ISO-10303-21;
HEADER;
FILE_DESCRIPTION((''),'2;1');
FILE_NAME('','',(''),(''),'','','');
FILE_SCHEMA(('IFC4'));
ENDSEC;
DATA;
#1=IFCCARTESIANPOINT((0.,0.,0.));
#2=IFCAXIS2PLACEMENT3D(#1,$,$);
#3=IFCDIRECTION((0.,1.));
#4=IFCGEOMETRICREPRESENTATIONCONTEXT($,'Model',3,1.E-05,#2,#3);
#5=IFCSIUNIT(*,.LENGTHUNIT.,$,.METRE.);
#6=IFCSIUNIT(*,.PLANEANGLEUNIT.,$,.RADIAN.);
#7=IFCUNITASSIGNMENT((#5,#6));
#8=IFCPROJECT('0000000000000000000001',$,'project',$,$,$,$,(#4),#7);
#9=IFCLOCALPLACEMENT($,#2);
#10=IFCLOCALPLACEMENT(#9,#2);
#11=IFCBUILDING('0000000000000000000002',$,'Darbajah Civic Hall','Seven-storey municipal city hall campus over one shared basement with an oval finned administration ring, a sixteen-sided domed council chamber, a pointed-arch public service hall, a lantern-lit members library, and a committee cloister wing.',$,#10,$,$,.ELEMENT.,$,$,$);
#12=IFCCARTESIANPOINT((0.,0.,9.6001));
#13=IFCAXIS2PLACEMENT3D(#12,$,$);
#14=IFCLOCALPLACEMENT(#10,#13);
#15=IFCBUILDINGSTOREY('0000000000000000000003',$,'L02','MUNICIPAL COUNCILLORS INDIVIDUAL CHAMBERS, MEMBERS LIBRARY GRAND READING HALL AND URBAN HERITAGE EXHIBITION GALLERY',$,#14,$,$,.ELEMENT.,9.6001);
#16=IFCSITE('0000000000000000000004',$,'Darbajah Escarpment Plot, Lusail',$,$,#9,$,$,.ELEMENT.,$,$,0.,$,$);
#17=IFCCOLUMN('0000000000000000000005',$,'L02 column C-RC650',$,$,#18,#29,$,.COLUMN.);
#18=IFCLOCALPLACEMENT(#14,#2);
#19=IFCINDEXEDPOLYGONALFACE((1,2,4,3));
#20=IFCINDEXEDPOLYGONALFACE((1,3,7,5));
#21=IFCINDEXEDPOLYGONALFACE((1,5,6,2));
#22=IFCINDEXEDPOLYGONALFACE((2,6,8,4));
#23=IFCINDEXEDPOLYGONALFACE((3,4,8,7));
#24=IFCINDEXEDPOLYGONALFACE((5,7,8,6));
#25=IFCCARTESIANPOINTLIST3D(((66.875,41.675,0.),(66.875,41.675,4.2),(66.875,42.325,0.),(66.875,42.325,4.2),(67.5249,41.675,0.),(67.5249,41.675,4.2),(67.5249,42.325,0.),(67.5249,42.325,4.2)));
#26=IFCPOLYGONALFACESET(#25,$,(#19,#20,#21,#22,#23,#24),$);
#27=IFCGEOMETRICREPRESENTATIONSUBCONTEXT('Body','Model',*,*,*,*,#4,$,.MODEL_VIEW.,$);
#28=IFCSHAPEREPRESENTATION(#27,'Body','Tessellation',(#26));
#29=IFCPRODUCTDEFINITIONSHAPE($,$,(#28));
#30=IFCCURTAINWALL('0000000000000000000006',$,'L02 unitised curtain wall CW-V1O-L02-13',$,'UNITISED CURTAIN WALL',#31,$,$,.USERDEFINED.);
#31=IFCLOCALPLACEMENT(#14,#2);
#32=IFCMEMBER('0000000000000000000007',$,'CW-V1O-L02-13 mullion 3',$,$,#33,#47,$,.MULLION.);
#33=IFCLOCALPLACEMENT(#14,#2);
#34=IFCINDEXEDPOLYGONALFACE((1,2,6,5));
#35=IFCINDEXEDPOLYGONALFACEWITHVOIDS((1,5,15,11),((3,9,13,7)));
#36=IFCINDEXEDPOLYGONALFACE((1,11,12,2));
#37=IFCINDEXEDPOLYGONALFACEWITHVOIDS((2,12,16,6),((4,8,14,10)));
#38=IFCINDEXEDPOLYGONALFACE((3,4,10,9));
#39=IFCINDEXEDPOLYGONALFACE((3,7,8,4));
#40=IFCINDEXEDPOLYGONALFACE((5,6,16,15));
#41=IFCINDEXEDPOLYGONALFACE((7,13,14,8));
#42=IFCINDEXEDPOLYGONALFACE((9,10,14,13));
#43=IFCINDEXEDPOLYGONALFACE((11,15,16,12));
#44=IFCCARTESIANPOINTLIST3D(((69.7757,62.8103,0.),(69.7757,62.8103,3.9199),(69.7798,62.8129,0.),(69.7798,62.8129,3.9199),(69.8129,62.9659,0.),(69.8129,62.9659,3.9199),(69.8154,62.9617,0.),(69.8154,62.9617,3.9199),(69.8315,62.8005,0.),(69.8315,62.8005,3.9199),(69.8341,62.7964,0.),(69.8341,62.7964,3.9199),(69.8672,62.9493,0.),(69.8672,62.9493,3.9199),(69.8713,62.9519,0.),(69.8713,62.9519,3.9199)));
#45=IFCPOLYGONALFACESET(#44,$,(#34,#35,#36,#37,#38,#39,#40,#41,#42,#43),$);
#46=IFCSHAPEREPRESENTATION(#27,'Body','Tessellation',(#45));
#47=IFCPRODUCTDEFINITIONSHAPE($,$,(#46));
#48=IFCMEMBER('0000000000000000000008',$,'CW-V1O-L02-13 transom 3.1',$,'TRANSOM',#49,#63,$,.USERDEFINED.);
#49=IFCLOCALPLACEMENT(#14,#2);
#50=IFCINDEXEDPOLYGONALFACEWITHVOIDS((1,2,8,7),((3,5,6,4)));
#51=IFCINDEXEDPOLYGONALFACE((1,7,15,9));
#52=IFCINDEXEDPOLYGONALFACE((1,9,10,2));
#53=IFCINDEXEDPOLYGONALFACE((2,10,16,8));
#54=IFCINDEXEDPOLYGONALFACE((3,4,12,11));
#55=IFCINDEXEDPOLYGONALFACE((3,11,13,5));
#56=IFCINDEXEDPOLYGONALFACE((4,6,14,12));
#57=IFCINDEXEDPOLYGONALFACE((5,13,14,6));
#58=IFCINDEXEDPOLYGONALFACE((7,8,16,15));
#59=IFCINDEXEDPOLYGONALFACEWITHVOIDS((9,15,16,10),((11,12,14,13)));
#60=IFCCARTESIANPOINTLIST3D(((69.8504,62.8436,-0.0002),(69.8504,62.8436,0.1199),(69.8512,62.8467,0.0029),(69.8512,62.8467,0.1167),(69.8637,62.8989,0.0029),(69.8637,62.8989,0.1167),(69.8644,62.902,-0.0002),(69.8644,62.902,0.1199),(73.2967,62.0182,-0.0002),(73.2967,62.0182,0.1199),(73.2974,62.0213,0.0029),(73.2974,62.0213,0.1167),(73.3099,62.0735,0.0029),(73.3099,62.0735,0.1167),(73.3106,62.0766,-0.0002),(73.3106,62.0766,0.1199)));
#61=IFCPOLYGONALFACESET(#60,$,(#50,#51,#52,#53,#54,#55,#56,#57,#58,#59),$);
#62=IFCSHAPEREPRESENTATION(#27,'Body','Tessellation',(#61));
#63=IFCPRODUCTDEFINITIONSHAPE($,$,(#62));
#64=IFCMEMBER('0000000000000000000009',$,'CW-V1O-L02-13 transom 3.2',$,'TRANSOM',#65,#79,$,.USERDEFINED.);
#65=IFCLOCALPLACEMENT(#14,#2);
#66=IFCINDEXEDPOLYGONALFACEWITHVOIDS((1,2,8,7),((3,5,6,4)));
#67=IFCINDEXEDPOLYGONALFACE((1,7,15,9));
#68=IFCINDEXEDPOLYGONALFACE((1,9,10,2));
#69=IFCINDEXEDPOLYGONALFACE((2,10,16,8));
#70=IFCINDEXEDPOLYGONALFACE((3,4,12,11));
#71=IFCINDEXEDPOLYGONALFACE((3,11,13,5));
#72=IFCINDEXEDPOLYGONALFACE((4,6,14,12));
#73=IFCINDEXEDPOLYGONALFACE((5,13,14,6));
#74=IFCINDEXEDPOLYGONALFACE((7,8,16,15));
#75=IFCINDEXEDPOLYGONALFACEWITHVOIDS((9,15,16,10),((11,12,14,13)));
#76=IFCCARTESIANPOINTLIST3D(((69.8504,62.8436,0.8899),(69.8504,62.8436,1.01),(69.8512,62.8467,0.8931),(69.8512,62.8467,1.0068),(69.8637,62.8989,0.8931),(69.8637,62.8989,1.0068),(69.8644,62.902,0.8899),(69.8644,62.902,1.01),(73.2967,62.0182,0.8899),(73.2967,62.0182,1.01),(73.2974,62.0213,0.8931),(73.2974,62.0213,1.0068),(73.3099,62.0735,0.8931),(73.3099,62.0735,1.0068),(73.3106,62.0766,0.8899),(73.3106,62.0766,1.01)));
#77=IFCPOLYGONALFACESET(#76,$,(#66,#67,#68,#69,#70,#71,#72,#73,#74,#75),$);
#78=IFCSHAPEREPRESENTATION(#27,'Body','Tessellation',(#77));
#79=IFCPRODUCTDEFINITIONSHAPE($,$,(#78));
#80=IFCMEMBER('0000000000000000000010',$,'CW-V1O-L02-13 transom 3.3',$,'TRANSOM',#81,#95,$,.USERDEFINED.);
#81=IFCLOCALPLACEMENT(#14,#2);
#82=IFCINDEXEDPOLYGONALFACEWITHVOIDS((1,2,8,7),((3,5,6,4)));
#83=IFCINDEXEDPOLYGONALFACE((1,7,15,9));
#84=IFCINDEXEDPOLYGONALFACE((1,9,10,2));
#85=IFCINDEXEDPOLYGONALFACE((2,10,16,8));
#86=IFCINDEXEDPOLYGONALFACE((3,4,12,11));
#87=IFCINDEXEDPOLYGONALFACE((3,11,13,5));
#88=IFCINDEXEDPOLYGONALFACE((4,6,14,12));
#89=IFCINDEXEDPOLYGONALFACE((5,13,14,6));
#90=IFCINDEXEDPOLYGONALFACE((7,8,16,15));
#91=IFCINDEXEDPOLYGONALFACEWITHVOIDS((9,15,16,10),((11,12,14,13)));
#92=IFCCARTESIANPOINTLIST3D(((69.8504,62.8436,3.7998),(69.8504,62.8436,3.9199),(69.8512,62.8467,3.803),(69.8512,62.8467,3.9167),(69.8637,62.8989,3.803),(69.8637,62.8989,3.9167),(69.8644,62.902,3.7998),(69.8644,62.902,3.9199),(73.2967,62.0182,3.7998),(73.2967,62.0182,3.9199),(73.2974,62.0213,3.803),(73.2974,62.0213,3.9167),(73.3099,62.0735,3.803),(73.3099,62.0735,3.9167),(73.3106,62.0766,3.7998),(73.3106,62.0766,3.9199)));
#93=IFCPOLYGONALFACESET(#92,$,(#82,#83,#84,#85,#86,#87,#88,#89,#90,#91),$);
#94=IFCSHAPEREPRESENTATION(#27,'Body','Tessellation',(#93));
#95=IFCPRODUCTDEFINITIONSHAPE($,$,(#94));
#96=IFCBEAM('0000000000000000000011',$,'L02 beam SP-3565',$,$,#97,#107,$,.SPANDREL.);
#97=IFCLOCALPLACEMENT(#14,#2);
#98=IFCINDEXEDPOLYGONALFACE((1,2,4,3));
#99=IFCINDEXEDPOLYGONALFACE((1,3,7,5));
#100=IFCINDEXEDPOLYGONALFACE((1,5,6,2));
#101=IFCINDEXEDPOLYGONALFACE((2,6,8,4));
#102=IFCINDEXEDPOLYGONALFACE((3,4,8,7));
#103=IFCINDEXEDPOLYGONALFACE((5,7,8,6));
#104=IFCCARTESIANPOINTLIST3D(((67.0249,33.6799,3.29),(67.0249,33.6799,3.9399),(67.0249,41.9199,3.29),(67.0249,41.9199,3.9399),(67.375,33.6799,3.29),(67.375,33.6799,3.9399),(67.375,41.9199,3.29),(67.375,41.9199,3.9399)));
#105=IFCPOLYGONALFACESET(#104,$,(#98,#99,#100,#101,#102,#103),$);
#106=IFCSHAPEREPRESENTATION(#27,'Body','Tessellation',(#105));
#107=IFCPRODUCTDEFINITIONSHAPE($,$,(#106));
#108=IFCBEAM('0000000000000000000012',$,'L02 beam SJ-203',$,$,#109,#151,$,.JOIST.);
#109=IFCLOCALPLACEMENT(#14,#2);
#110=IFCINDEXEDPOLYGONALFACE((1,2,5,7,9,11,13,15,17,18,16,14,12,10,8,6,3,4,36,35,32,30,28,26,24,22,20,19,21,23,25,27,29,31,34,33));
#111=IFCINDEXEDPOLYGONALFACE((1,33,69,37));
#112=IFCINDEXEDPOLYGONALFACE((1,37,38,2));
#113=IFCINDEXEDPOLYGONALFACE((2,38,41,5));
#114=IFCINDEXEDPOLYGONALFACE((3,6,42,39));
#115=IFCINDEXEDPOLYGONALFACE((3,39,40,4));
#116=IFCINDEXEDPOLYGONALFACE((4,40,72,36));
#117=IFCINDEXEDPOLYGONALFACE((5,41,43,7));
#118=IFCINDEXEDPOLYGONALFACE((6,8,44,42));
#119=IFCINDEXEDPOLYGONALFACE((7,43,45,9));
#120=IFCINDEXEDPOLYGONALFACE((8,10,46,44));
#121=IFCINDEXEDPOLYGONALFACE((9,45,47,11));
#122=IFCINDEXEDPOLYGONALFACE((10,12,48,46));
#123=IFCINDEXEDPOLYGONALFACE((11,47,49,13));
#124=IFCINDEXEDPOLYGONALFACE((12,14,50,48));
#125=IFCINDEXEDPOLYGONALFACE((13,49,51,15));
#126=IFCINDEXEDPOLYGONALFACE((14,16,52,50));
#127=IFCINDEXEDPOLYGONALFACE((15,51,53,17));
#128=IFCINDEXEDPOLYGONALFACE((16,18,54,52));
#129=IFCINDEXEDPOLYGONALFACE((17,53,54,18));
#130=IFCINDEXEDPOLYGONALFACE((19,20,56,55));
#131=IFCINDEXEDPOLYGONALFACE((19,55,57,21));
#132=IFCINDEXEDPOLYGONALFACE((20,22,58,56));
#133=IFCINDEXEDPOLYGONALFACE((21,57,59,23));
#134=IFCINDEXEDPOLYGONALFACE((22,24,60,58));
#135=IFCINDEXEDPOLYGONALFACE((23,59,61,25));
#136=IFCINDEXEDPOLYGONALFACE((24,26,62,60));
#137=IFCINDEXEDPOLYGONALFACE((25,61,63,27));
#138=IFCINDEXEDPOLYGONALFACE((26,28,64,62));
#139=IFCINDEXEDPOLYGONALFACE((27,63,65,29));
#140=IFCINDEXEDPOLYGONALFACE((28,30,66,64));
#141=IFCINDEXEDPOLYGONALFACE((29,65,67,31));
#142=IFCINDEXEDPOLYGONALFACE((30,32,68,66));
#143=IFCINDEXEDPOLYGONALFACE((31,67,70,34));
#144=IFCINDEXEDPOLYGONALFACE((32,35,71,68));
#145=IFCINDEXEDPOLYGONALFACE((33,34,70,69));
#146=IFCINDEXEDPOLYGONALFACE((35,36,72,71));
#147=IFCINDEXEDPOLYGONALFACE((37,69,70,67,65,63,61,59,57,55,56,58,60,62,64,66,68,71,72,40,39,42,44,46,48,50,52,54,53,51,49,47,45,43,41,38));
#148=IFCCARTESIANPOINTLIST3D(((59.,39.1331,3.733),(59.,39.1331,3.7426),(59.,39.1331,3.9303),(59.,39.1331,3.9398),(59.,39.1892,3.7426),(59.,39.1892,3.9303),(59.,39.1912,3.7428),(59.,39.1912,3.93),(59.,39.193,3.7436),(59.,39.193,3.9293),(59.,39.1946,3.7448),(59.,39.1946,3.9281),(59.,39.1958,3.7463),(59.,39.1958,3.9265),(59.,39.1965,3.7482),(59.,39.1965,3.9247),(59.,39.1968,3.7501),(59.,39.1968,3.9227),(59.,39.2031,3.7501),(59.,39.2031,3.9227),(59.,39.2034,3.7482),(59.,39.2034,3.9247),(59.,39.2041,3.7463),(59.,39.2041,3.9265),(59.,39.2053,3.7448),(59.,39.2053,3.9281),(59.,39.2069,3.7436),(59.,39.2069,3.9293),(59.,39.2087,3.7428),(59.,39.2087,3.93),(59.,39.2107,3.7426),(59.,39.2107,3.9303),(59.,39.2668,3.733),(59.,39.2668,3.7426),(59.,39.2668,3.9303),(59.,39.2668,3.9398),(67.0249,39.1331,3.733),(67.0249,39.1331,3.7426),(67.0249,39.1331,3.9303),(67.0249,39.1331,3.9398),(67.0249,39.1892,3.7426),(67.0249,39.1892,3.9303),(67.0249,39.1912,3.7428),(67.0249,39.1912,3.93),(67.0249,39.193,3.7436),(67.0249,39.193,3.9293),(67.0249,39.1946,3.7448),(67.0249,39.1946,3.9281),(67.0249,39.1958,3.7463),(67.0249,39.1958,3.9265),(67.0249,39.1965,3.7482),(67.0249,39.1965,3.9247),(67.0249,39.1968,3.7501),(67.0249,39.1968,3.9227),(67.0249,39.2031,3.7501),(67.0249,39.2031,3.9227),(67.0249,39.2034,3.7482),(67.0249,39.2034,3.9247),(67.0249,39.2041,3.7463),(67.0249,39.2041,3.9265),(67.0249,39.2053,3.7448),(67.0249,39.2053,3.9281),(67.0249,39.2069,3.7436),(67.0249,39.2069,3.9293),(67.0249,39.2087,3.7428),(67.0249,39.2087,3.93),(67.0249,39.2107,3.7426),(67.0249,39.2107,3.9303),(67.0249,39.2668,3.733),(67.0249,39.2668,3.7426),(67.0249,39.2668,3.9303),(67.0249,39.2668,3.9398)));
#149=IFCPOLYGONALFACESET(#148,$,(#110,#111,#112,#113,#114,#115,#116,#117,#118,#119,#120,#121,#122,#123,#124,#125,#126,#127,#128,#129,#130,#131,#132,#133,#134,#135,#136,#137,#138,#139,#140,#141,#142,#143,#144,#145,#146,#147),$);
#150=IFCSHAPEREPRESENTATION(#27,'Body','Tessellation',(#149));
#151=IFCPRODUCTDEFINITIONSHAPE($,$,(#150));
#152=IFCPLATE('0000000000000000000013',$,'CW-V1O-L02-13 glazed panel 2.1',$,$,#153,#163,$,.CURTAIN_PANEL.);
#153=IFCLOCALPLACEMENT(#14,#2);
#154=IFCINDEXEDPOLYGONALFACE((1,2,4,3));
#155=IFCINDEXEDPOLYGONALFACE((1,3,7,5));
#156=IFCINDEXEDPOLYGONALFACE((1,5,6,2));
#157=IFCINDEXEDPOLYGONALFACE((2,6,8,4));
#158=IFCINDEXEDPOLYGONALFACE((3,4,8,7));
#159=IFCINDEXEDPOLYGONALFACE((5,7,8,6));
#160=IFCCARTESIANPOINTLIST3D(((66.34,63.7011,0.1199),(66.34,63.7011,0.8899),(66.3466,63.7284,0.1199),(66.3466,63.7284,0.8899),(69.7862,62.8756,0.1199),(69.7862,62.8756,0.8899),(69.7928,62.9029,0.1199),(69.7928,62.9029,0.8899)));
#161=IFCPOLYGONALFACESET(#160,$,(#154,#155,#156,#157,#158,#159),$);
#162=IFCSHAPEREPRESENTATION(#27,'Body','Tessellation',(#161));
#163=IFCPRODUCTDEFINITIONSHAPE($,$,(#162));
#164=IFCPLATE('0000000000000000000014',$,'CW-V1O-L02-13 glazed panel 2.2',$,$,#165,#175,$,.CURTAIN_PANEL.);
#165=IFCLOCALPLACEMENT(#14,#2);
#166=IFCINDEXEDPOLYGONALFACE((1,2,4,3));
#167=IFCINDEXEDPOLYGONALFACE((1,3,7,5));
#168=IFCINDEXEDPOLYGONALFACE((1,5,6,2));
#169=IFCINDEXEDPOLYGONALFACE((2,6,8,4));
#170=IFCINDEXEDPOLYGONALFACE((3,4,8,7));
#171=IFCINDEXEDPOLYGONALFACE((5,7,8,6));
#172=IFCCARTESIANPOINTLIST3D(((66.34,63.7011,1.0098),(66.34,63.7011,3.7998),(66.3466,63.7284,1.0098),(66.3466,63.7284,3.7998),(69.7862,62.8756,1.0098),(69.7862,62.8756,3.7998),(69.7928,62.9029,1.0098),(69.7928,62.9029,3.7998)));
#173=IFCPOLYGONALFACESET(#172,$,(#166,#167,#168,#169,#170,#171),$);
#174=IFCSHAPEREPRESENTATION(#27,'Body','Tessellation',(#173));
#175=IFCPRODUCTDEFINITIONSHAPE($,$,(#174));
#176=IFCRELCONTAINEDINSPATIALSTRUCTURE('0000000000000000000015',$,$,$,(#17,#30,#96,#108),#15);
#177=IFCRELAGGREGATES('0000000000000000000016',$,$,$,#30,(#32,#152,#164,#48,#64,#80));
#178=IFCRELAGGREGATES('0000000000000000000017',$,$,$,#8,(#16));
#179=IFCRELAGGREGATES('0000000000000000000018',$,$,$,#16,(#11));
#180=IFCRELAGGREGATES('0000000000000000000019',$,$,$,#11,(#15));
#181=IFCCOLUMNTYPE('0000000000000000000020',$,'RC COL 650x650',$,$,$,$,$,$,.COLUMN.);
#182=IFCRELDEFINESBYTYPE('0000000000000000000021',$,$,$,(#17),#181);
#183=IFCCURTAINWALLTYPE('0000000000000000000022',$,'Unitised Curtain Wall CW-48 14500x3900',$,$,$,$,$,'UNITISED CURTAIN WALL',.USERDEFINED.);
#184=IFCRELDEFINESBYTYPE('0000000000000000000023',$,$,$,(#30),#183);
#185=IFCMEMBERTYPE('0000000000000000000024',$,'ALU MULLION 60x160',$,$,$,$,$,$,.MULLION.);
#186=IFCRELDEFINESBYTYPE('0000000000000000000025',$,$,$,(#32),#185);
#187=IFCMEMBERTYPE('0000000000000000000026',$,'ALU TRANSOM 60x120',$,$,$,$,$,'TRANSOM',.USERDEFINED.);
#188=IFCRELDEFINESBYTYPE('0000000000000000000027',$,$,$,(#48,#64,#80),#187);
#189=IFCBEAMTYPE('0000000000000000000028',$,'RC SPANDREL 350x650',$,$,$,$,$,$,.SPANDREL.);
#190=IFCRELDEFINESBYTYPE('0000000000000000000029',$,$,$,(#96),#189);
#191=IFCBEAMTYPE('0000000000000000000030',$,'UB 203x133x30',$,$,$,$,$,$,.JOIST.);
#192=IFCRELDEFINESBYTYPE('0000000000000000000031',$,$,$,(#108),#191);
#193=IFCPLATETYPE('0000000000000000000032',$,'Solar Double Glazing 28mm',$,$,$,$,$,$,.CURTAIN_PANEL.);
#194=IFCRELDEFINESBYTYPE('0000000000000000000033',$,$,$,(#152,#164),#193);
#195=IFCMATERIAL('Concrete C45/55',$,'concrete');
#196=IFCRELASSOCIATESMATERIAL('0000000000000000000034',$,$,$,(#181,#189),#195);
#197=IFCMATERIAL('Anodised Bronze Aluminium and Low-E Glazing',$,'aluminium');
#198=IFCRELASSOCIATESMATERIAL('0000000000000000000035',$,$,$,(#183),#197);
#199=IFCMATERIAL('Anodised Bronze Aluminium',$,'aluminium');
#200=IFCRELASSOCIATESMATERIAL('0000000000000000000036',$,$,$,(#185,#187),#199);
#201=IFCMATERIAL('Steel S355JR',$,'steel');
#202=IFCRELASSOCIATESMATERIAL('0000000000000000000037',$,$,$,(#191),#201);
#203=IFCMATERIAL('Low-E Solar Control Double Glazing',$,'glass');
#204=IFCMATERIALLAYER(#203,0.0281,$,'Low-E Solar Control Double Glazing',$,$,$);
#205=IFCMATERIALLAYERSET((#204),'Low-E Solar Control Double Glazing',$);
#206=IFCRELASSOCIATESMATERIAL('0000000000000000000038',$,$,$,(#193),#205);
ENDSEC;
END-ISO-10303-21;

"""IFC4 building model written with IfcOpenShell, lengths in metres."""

from ifc_helpers import new_model, si_unit, direction, frame, origin, origin_2d, place, context, subcontext, project, spatial, rectangle, hollow_rectangle, i_section, extrude, material, layer, layer_set, material_profile, profile_set, type_object, element, aggregate, save


model = new_model("IFC4")

# Units and contexts
model_context = context("Model", 3, precision=1e-05, world=origin(), true_north=direction((0.0, 1.0)))
body_context = subcontext(model_context, "Body", "Model", "MODEL_VIEW")
ifc_project = project(units=[si_unit("LENGTHUNIT", "METRE"), si_unit("PLANEANGLEUNIT", "RADIAN")], contexts=[model_context])

# Site, building, storey
site_placement = place(None, origin())
site = spatial("IfcSite", under=ifc_project, at=site_placement, Name="Darbajah Escarpment Plot, Lusail", CompositionType="ELEMENT", RefElevation=0.0)
building_placement = place(site_placement, origin())
building = spatial("IfcBuilding", under=site, at=building_placement, Name="Darbajah Civic Hall", Description="Seven-storey municipal city hall campus over one shared basement with an oval finned administration ring, a sixteen-sided domed council chamber, a pointed-arch public service hall, a lantern-lit members library, and a committee cloister wing.", CompositionType="ELEMENT")
storey_placement = place(building_placement, frame((0.0, 0.0, 9.6001)))
storey = spatial("IfcBuildingStorey", under=building, at=storey_placement, Name="L02", Description="MUNICIPAL COUNCILLORS INDIVIDUAL CHAMBERS, MEMBERS LIBRARY GRAND READING HALL AND URBAN HERITAGE EXHIBITION GALLERY", CompositionType="ELEMENT", Elevation=9.6001)

# Column
ifc_material_1 = material(Name="Concrete C45/55", Category="concrete")
ifc_material_profile_1 = material_profile(ifc_material_1, rectangle(XDim=0.6499, YDim=0.6499, at=origin_2d()), Name="RC COL 650x650")
ifc_profile_set_1 = profile_set([ifc_material_profile_1], Name="Concrete C45/55")
column_type = type_object("IfcColumnType", Name="RC COL 650x650", PredefinedType="COLUMN", material=ifc_profile_set_1)
column_placement = place(storey_placement, frame((67.2, 42.0, 0.0), z_axis=(0.0, 0.0, 1.0), x_axis=(1.0, 0.0, 0.0)))
element("IfcColumn", 1, at=column_placement, inside=storey, type_object=column_type, Name="L02 column C-RC650", PredefinedType="COLUMN", context=body_context, shape_type="SweptSolid", body=[
    extrude(rectangle(XDim=0.6499, YDim=0.6499, at=origin_2d()), origin(), (0.0, 0.0, 1.0), 4.2),
])

# Curtain wall, members
ifc_material_2 = material(Name="Anodised Bronze Aluminium and Low-E Glazing", Category="aluminium")
curtain_wall_type = type_object("IfcCurtainWallType", Name="Unitised Curtain Wall CW-48 14500x3900", ElementType="UNITISED CURTAIN WALL", PredefinedType="USERDEFINED", material=ifc_material_2)
curtain_wall_placement = place(storey_placement, origin())
curtain_wall = element("IfcCurtainWall", 2, at=curtain_wall_placement, inside=storey, type_object=curtain_wall_type, Name="L02 unitised curtain wall CW-V1O-L02-13", ObjectType="UNITISED CURTAIN WALL", PredefinedType="USERDEFINED")
ifc_material_3 = material(Name="Anodised Bronze Aluminium", Category="aluminium")
ifc_material_profile_2 = material_profile(ifc_material_3, hollow_rectangle(XDim=0.0601, YDim=0.1599, WallThickness=0.0034, at=origin_2d()), Name="ALU MULLION 60x160")
ifc_profile_set_2 = profile_set([ifc_material_profile_2], Name="Anodised Bronze Aluminium")
member_type_1 = type_object("IfcMemberType", Name="ALU MULLION 60x160", PredefinedType="MULLION", material=ifc_profile_set_2)
member_1_placement = place(storey_placement, frame((69.8235, 62.8811, 0.0), z_axis=(0.0, 0.0, 1.0), x_axis=(0.972492, -0.232936, 0.0)))
member_1 = element("IfcMember", 3, at=member_1_placement, type_object=member_type_1, Name="CW-V1O-L02-13 mullion 3", PredefinedType="MULLION", context=body_context, shape_type="SweptSolid", body=[
    extrude(hollow_rectangle(XDim=0.0601, YDim=0.1599, WallThickness=0.0034, at=origin_2d()), origin(), (0.0, 0.0, 1.0), 3.9199),
])
ifc_material_profile_3 = material_profile(ifc_material_3, hollow_rectangle(XDim=0.0601, YDim=0.1201, WallThickness=0.0032, at=origin_2d()), Name="ALU TRANSOM 60x120")
ifc_profile_set_3 = profile_set([ifc_material_profile_3], Name="Anodised Bronze Aluminium")
member_type_2 = type_object("IfcMemberType", Name="ALU TRANSOM 60x120", ElementType="TRANSOM", PredefinedType="USERDEFINED", material=ifc_profile_set_3)
member_2_placement = place(storey_placement, frame((69.8574, 62.8728, 0.0598), z_axis=(0.972494, -0.232927, 0.0), x_axis=(0.232927, 0.972494, 0.0)))
member_2 = element("IfcMember", 4, at=member_2_placement, type_object=member_type_2, Name="CW-V1O-L02-13 transom 3.1", ObjectType="TRANSOM", PredefinedType="USERDEFINED", context=body_context, shape_type="SweptSolid", body=[
    extrude(hollow_rectangle(XDim=0.0601, YDim=0.1201, WallThickness=0.0032, at=origin_2d()), origin(), (0.0, 0.0, 1.0), 3.5437),
])
member_3_placement = place(storey_placement, frame((69.8574, 62.8728, 0.95), z_axis=(0.972494, -0.232927, 0.0), x_axis=(0.232927, 0.972494, 0.0)))
member_3 = element("IfcMember", 5, at=member_3_placement, type_object=member_type_2, Name="CW-V1O-L02-13 transom 3.2", ObjectType="TRANSOM", PredefinedType="USERDEFINED", context=body_context, shape_type="SweptSolid", body=[
    extrude(hollow_rectangle(XDim=0.0601, YDim=0.1201, WallThickness=0.0032, at=origin_2d()), origin(), (0.0, 0.0, 1.0), 3.5437),
])
member_4_placement = place(storey_placement, frame((69.8574, 62.8728, 3.8599), z_axis=(0.972494, -0.232927, 0.0), x_axis=(0.232927, 0.972494, 0.0)))
member_4 = element("IfcMember", 6, at=member_4_placement, type_object=member_type_2, Name="CW-V1O-L02-13 transom 3.3", ObjectType="TRANSOM", PredefinedType="USERDEFINED", context=body_context, shape_type="SweptSolid", body=[
    extrude(hollow_rectangle(XDim=0.0601, YDim=0.1201, WallThickness=0.0032, at=origin_2d()), origin(), (0.0, 0.0, 1.0), 3.5437),
])

# Beams
ifc_material_profile_4 = material_profile(ifc_material_1, rectangle(XDim=0.3501, YDim=0.6499, at=origin_2d()), Name="RC SPANDREL 350x650")
ifc_profile_set_4 = profile_set([ifc_material_profile_4], Name="Concrete C45/55")
beam_type_1 = type_object("IfcBeamType", Name="RC SPANDREL 350x650", PredefinedType="SPANDREL", material=ifc_profile_set_4)
beam_1_placement = place(storey_placement, frame((67.2, 33.6799, 3.615), z_axis=(0.0, 1.0, 0.0), x_axis=(-1.0, 0.0, 0.0)))
element("IfcBeam", 7, at=beam_1_placement, inside=storey, type_object=beam_type_1, Name="L02 beam SP-3565", PredefinedType="SPANDREL", context=body_context, shape_type="SweptSolid", body=[
    extrude(rectangle(XDim=0.3501, YDim=0.6499, at=origin_2d()), origin(), (0.0, 0.0, 1.0), 8.24),
])
ifc_material_4 = material(Name="Steel S355JR", Category="steel")
ifc_material_profile_5 = material_profile(ifc_material_4, i_section(OverallWidth=0.1338, OverallDepth=0.2068, WebThickness=0.0063, FlangeThickness=0.0095, FilletRadius=0.0076, at=origin_2d()), Name="UB 203x133x30")
ifc_profile_set_5 = profile_set([ifc_material_profile_5], Name="Steel S355JR")
beam_type_2 = type_object("IfcBeamType", Name="UB 203x133x30", PredefinedType="JOIST", material=ifc_profile_set_5)
beam_2_placement = place(storey_placement, frame((59.0, 39.2, 3.8364), z_axis=(1.0, 0.0, 0.0), x_axis=(0.0, 1.0, 0.0)))
element("IfcBeam", 8, at=beam_2_placement, inside=storey, type_object=beam_type_2, Name="L02 beam SJ-203", PredefinedType="JOIST", context=body_context, shape_type="SweptSolid", body=[
    extrude(i_section(OverallWidth=0.1338, OverallDepth=0.2068, WebThickness=0.0063, FlangeThickness=0.0095, FilletRadius=0.0076, at=origin_2d()), origin(), (0.0, 0.0, 1.0), 8.0249),
])

# Plates
ifc_material_5 = material(Name="Low-E Solar Control Double Glazing", Category="glass")
ifc_layer_1 = layer(ifc_material_5, 0.0281, Name="Low-E Solar Control Double Glazing")
ifc_layer_set_1 = layer_set([ifc_layer_1], Name="Low-E Solar Control Double Glazing")
plate_type = type_object("IfcPlateType", Name="Solar Double Glazing 28mm", PredefinedType="CURTAIN_PANEL", material=ifc_layer_set_1)
plate_1_placement = place(storey_placement, frame((68.0664, 63.302, 0.1199), z_axis=(0.0, 0.0, 1.0), x_axis=(0.972492, -0.232936, 0.0)))
plate_1 = element("IfcPlate", 9, at=plate_1_placement, type_object=plate_type, Name="CW-V1O-L02-13 glazed panel 2.1", PredefinedType="CURTAIN_PANEL", context=body_context, shape_type="SweptSolid", body=[
    extrude(rectangle(XDim=3.5437, YDim=0.0281, at=origin_2d()), origin(), (0.0, 0.0, 1.0), 0.77),
])
plate_2_placement = place(storey_placement, frame((68.0664, 63.302, 1.0098), z_axis=(0.0, 0.0, 1.0), x_axis=(0.972492, -0.232936, 0.0)))
plate_2 = element("IfcPlate", 10, at=plate_2_placement, type_object=plate_type, Name="CW-V1O-L02-13 glazed panel 2.2", PredefinedType="CURTAIN_PANEL", context=body_context, shape_type="SweptSolid", body=[
    extrude(rectangle(XDim=3.5437, YDim=0.0281, at=origin_2d()), origin(), (0.0, 0.0, 1.0), 2.79),
])
aggregate(curtain_wall, [member_1, plate_1, plate_2, member_2, member_3, member_4])

save(model, "model.ifc")
